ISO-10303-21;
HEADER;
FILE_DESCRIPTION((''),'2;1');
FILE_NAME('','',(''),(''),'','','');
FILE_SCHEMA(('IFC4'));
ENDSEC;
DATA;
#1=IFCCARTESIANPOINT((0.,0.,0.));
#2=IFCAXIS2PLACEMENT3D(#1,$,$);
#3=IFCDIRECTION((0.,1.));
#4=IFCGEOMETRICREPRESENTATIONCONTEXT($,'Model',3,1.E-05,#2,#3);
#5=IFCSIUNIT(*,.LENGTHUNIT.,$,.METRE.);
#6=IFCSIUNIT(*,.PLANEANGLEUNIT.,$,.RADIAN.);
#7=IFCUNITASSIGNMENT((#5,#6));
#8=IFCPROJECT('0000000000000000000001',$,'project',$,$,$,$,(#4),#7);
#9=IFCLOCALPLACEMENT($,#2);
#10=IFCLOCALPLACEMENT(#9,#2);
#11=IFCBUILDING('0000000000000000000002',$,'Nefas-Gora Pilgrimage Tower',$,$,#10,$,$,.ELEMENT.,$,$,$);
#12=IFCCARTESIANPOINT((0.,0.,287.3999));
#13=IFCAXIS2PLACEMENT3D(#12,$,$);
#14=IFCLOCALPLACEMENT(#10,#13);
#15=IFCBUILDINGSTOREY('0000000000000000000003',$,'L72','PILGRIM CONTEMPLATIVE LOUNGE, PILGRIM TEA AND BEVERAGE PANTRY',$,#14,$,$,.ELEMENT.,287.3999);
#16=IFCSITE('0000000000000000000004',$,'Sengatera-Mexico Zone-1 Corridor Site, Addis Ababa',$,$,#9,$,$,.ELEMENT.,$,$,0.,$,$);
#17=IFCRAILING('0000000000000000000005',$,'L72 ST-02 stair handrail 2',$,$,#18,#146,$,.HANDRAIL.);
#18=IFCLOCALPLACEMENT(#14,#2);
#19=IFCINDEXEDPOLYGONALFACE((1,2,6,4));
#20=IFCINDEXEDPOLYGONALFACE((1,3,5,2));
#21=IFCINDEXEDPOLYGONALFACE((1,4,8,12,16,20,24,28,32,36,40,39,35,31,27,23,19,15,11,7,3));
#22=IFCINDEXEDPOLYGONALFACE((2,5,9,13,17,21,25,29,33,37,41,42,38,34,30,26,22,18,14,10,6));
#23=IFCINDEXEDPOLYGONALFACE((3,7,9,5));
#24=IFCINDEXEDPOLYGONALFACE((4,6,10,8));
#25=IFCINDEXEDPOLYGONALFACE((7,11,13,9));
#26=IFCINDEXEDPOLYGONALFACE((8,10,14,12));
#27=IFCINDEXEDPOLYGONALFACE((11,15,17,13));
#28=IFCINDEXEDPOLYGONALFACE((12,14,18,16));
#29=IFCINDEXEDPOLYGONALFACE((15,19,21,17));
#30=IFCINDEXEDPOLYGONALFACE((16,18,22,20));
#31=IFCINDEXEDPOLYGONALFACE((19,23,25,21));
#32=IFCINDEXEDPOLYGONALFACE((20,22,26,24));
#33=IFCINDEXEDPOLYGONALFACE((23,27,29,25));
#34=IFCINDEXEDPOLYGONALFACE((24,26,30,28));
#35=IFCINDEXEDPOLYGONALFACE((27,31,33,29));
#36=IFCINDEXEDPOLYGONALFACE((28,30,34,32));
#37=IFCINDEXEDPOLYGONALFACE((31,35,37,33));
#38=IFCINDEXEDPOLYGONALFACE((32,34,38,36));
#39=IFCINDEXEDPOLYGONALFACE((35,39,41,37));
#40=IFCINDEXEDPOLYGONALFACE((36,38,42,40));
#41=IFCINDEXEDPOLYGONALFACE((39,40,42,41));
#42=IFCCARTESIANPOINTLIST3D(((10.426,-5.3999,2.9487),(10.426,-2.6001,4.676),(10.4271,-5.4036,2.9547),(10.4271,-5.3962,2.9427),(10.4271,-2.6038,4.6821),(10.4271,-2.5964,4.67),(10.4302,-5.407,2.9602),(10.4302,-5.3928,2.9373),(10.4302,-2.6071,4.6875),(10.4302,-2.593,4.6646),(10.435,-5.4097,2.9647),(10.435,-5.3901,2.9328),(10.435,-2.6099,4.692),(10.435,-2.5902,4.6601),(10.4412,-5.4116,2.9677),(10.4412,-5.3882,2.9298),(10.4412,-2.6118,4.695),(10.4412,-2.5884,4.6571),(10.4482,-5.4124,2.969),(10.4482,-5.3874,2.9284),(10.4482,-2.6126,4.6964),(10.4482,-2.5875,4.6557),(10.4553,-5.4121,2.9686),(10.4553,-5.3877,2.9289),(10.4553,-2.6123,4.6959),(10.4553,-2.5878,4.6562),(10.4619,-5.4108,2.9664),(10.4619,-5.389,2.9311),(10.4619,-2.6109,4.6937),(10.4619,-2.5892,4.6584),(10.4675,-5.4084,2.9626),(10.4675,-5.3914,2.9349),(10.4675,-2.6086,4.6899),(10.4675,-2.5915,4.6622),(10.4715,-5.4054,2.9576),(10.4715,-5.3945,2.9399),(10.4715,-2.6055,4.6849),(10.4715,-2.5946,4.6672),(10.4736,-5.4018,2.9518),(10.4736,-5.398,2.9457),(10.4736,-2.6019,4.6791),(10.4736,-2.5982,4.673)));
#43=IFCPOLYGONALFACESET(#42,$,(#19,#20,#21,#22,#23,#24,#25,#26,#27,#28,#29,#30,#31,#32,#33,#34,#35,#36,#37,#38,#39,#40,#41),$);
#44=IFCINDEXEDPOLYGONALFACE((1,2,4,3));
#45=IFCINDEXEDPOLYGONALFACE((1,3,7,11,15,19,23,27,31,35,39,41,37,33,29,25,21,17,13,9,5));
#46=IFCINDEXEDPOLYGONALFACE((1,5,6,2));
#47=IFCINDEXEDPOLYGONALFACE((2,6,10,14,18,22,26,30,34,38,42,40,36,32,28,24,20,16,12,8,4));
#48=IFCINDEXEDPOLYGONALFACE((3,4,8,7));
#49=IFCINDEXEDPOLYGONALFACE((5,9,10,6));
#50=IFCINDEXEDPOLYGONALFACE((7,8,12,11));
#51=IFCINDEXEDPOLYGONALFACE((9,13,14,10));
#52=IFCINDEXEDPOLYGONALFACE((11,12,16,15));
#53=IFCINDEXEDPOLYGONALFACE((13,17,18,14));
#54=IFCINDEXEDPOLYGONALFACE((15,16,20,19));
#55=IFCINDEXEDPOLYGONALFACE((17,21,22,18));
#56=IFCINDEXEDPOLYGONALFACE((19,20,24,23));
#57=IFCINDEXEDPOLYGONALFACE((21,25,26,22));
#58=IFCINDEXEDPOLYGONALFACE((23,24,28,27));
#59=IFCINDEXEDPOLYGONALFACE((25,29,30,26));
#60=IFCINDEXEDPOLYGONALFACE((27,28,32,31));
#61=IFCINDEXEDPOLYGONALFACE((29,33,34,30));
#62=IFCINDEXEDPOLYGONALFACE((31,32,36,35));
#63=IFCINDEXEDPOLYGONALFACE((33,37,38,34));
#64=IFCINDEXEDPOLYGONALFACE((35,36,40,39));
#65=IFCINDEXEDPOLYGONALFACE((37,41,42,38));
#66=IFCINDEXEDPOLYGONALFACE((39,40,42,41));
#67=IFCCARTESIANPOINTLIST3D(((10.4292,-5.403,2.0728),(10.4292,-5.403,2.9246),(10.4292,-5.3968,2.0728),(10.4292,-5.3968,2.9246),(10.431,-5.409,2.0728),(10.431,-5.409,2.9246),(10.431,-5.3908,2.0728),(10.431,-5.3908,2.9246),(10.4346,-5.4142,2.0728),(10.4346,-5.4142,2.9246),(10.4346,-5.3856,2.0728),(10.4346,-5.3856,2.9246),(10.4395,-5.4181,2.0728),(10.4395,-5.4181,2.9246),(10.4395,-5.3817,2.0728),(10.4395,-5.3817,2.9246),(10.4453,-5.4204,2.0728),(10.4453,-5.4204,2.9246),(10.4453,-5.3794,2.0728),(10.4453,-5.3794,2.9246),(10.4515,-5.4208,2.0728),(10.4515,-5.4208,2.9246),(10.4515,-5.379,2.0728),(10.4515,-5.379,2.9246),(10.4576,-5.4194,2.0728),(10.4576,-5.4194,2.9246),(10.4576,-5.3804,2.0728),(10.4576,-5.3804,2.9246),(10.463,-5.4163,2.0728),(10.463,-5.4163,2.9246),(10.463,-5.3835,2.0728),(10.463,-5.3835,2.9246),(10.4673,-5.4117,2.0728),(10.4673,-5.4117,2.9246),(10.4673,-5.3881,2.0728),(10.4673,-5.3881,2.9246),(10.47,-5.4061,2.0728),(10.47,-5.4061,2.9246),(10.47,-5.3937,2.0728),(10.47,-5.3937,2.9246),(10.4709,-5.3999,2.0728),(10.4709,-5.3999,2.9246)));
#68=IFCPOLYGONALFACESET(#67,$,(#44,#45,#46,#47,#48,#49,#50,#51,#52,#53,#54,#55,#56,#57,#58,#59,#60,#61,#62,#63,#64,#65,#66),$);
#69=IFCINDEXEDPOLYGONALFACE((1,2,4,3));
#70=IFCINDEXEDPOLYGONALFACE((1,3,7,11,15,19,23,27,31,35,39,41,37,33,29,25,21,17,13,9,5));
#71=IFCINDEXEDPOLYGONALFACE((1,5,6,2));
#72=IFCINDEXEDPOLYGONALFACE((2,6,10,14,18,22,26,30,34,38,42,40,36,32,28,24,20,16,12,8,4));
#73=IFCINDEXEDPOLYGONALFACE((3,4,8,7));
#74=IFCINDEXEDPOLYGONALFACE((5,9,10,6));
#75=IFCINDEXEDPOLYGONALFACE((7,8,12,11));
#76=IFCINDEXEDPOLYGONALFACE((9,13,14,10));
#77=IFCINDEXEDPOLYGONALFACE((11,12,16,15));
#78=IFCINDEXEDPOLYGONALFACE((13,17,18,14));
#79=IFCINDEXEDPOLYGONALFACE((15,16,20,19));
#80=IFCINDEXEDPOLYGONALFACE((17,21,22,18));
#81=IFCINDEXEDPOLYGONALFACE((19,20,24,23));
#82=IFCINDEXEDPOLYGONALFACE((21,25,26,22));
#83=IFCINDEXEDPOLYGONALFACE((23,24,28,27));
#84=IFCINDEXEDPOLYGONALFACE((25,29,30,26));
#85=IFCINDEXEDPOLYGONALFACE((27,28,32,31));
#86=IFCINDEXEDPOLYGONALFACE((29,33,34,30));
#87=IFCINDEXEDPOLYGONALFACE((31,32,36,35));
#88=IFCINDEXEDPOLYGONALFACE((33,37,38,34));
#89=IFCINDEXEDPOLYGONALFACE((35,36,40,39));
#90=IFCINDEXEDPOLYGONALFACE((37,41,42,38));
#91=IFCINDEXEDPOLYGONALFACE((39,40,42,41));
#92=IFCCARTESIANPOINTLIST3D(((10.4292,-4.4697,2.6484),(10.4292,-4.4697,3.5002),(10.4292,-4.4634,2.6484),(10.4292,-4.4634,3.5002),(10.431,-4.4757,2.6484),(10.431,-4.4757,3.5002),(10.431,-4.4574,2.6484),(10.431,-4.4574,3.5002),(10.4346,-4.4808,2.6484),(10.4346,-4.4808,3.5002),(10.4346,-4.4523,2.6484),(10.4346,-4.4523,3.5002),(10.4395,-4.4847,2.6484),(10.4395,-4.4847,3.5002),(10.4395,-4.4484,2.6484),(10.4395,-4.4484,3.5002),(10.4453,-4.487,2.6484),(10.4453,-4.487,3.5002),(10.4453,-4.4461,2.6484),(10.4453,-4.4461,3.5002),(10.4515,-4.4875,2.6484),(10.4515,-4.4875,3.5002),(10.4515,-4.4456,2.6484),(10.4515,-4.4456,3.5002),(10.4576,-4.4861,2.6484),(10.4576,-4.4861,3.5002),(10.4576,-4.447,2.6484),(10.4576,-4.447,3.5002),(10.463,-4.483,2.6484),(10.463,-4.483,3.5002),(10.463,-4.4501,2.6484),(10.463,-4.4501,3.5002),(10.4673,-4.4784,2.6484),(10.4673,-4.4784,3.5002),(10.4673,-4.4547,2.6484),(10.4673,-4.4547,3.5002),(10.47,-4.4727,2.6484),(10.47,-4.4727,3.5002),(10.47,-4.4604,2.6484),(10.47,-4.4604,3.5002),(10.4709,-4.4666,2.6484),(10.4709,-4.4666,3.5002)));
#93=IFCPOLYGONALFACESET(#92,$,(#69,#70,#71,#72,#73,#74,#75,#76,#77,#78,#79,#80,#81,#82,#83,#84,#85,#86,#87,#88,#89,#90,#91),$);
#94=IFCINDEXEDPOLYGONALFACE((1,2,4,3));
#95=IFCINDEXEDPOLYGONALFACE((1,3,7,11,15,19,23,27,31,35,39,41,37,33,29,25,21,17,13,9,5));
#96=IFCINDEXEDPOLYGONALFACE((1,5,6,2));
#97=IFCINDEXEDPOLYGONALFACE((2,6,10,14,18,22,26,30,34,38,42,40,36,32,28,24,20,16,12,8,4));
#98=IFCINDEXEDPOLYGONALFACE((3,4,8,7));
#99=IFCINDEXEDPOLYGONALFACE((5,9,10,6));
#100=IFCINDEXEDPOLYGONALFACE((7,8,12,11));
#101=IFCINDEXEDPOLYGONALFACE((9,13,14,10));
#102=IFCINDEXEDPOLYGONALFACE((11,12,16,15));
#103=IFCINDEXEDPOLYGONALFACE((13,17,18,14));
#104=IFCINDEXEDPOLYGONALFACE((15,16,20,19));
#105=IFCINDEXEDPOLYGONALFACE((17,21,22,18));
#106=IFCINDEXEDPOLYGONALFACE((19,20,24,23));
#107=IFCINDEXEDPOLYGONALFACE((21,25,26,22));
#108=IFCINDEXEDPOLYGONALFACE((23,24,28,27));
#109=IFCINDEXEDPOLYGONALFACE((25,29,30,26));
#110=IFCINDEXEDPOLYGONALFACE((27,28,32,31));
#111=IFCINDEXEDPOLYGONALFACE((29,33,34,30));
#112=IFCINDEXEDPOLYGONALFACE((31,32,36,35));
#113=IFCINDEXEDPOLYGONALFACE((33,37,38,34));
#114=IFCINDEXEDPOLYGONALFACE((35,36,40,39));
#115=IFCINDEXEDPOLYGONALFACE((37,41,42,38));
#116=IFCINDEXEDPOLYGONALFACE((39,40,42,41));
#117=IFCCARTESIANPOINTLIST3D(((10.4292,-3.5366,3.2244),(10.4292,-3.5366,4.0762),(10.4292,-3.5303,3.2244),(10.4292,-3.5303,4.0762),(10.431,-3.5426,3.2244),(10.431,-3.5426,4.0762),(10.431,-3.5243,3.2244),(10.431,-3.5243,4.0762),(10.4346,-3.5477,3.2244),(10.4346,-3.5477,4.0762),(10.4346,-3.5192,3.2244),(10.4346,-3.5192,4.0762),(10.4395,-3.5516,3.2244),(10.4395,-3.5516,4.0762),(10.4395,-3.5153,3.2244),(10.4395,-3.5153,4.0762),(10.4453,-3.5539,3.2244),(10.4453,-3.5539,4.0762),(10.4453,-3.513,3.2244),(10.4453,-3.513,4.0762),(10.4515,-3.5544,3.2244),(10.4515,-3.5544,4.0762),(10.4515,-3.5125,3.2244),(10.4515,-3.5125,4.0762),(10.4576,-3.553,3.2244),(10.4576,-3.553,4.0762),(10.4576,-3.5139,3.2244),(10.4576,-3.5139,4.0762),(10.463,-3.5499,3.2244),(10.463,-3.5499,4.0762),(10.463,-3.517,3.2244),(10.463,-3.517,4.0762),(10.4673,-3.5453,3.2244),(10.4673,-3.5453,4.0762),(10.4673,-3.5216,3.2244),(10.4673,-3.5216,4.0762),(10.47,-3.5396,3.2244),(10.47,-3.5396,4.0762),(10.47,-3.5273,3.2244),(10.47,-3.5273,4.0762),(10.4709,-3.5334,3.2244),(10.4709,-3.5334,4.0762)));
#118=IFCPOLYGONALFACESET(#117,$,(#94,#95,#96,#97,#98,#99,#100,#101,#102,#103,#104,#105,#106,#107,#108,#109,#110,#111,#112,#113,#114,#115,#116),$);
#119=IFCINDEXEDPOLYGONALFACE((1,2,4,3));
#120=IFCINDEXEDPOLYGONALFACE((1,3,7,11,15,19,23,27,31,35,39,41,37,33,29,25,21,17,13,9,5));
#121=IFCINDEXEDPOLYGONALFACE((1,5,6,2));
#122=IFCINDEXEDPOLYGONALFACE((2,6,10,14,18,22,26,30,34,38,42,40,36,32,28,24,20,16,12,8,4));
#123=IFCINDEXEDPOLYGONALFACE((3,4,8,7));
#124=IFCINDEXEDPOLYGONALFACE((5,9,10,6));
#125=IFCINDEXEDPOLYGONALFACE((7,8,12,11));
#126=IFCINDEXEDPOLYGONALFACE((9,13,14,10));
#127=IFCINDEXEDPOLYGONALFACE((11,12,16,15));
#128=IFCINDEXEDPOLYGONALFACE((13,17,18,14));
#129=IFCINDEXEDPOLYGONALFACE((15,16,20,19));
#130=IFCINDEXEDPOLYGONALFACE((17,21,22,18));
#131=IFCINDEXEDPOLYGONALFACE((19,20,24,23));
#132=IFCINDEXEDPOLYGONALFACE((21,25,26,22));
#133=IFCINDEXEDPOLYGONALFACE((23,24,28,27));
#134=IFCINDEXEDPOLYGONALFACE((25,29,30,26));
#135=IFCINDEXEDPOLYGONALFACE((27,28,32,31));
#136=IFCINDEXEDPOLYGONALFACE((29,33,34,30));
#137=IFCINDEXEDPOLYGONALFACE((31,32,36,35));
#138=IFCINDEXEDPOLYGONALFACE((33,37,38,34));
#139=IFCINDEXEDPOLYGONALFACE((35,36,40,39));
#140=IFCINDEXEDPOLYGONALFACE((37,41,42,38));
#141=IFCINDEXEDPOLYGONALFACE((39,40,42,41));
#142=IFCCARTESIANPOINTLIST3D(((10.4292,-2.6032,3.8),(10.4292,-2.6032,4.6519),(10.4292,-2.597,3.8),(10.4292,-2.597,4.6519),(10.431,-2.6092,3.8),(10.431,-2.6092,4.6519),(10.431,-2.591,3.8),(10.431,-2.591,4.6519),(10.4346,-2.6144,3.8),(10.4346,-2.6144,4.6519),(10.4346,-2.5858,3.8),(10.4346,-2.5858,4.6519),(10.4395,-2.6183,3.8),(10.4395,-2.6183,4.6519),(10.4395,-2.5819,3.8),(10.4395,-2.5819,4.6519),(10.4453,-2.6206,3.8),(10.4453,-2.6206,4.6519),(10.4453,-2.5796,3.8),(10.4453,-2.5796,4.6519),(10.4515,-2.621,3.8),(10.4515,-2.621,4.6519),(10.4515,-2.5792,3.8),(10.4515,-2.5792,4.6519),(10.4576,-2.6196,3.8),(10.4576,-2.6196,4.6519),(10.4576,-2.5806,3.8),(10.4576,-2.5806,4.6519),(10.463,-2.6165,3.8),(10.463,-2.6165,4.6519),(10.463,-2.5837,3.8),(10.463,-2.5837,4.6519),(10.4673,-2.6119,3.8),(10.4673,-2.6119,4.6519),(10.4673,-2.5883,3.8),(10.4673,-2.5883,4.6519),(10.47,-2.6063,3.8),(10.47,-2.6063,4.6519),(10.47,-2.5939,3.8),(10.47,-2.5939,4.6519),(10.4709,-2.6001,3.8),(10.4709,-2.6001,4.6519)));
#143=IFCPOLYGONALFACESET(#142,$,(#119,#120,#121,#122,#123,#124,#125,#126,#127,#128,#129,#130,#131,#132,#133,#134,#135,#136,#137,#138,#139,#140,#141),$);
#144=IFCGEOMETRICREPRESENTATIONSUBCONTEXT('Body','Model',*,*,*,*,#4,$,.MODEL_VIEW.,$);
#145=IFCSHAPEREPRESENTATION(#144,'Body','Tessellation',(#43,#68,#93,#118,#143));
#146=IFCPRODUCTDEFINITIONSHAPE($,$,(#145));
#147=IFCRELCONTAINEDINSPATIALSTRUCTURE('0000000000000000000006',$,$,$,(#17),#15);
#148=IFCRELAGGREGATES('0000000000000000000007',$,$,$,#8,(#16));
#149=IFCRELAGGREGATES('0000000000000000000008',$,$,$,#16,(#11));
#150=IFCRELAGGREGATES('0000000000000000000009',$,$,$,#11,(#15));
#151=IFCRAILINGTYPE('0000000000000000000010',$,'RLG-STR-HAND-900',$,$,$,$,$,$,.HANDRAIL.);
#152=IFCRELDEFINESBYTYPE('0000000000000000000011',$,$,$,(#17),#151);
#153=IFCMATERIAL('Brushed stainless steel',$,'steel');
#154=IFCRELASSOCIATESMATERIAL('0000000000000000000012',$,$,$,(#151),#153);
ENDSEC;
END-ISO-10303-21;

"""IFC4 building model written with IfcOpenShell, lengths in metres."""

from ifc_helpers import new_model, si_unit, direction, frame, origin, origin_2d, place, context, subcontext, project, spatial, circle, extrude, material, type_object, element, save


model = new_model("IFC4")

# Units and contexts
model_context = context("Model", 3, precision=1e-05, world=origin(), true_north=direction((0.0, 1.0)))
body_context = subcontext(model_context, "Body", "Model", "MODEL_VIEW")
ifc_project = project(units=[si_unit("LENGTHUNIT", "METRE"), si_unit("PLANEANGLEUNIT", "RADIAN")], contexts=[model_context])

# Site, building, storey
site_placement = place(None, origin())
site = spatial("IfcSite", under=ifc_project, at=site_placement, Name="Sengatera-Mexico Zone-1 Corridor Site, Addis Ababa", CompositionType="ELEMENT", RefElevation=0.0)
building_placement = place(site_placement, origin())
building = spatial("IfcBuilding", under=site, at=building_placement, Name="Nefas-Gora Pilgrimage Tower", CompositionType="ELEMENT")
storey_placement = place(building_placement, frame((0.0, 0.0, 287.3999)))
storey = spatial("IfcBuildingStorey", under=building, at=storey_placement, Name="L72", Description="PILGRIM CONTEMPLATIVE LOUNGE, PILGRIM TEA AND BEVERAGE PANTRY", CompositionType="ELEMENT", Elevation=287.3999)

# Railing
ifc_material_1 = material(Name="Brushed stainless steel", Category="steel")
railing_type = type_object("IfcRailingType", Name="RLG-STR-HAND-900", PredefinedType="HANDRAIL", material=ifc_material_1)
railing_placement = place(storey_placement, frame((10.45, -5.3999, 2.0728)))
element("IfcRailing", 1, at=railing_placement, inside=storey, type_object=railing_type, Name="L72 ST-02 stair handrail 2", PredefinedType="HANDRAIL", context=body_context, shape_type="SweptSolid", body=[
    extrude(circle(Radius=0.0239, at=origin_2d()), frame((0.0, 0.0, 0.876), z_axis=(0.0, 0.851069, 0.525054), x_axis=(-1.0, 0.0, 0.0)), (0.0, 0.0, 1.0), 3.2898),
    extrude(circle(Radius=0.021, at=origin_2d()), origin(), (0.0, 0.0, 1.0), 0.8518),
    extrude(circle(Radius=0.021, at=origin_2d()), frame((0.0, 0.9333, 0.5757)), (0.0, 0.0, 1.0), 0.8518),
    extrude(circle(Radius=0.021, at=origin_2d()), frame((0.0, 1.8665, 1.1516)), (0.0, 0.0, 1.0), 0.8518),
    extrude(circle(Radius=0.021, at=origin_2d()), frame((0.0, 2.7998, 1.7273)), (0.0, 0.0, 1.0), 0.8518),
])

save(model, "model.ifc")
